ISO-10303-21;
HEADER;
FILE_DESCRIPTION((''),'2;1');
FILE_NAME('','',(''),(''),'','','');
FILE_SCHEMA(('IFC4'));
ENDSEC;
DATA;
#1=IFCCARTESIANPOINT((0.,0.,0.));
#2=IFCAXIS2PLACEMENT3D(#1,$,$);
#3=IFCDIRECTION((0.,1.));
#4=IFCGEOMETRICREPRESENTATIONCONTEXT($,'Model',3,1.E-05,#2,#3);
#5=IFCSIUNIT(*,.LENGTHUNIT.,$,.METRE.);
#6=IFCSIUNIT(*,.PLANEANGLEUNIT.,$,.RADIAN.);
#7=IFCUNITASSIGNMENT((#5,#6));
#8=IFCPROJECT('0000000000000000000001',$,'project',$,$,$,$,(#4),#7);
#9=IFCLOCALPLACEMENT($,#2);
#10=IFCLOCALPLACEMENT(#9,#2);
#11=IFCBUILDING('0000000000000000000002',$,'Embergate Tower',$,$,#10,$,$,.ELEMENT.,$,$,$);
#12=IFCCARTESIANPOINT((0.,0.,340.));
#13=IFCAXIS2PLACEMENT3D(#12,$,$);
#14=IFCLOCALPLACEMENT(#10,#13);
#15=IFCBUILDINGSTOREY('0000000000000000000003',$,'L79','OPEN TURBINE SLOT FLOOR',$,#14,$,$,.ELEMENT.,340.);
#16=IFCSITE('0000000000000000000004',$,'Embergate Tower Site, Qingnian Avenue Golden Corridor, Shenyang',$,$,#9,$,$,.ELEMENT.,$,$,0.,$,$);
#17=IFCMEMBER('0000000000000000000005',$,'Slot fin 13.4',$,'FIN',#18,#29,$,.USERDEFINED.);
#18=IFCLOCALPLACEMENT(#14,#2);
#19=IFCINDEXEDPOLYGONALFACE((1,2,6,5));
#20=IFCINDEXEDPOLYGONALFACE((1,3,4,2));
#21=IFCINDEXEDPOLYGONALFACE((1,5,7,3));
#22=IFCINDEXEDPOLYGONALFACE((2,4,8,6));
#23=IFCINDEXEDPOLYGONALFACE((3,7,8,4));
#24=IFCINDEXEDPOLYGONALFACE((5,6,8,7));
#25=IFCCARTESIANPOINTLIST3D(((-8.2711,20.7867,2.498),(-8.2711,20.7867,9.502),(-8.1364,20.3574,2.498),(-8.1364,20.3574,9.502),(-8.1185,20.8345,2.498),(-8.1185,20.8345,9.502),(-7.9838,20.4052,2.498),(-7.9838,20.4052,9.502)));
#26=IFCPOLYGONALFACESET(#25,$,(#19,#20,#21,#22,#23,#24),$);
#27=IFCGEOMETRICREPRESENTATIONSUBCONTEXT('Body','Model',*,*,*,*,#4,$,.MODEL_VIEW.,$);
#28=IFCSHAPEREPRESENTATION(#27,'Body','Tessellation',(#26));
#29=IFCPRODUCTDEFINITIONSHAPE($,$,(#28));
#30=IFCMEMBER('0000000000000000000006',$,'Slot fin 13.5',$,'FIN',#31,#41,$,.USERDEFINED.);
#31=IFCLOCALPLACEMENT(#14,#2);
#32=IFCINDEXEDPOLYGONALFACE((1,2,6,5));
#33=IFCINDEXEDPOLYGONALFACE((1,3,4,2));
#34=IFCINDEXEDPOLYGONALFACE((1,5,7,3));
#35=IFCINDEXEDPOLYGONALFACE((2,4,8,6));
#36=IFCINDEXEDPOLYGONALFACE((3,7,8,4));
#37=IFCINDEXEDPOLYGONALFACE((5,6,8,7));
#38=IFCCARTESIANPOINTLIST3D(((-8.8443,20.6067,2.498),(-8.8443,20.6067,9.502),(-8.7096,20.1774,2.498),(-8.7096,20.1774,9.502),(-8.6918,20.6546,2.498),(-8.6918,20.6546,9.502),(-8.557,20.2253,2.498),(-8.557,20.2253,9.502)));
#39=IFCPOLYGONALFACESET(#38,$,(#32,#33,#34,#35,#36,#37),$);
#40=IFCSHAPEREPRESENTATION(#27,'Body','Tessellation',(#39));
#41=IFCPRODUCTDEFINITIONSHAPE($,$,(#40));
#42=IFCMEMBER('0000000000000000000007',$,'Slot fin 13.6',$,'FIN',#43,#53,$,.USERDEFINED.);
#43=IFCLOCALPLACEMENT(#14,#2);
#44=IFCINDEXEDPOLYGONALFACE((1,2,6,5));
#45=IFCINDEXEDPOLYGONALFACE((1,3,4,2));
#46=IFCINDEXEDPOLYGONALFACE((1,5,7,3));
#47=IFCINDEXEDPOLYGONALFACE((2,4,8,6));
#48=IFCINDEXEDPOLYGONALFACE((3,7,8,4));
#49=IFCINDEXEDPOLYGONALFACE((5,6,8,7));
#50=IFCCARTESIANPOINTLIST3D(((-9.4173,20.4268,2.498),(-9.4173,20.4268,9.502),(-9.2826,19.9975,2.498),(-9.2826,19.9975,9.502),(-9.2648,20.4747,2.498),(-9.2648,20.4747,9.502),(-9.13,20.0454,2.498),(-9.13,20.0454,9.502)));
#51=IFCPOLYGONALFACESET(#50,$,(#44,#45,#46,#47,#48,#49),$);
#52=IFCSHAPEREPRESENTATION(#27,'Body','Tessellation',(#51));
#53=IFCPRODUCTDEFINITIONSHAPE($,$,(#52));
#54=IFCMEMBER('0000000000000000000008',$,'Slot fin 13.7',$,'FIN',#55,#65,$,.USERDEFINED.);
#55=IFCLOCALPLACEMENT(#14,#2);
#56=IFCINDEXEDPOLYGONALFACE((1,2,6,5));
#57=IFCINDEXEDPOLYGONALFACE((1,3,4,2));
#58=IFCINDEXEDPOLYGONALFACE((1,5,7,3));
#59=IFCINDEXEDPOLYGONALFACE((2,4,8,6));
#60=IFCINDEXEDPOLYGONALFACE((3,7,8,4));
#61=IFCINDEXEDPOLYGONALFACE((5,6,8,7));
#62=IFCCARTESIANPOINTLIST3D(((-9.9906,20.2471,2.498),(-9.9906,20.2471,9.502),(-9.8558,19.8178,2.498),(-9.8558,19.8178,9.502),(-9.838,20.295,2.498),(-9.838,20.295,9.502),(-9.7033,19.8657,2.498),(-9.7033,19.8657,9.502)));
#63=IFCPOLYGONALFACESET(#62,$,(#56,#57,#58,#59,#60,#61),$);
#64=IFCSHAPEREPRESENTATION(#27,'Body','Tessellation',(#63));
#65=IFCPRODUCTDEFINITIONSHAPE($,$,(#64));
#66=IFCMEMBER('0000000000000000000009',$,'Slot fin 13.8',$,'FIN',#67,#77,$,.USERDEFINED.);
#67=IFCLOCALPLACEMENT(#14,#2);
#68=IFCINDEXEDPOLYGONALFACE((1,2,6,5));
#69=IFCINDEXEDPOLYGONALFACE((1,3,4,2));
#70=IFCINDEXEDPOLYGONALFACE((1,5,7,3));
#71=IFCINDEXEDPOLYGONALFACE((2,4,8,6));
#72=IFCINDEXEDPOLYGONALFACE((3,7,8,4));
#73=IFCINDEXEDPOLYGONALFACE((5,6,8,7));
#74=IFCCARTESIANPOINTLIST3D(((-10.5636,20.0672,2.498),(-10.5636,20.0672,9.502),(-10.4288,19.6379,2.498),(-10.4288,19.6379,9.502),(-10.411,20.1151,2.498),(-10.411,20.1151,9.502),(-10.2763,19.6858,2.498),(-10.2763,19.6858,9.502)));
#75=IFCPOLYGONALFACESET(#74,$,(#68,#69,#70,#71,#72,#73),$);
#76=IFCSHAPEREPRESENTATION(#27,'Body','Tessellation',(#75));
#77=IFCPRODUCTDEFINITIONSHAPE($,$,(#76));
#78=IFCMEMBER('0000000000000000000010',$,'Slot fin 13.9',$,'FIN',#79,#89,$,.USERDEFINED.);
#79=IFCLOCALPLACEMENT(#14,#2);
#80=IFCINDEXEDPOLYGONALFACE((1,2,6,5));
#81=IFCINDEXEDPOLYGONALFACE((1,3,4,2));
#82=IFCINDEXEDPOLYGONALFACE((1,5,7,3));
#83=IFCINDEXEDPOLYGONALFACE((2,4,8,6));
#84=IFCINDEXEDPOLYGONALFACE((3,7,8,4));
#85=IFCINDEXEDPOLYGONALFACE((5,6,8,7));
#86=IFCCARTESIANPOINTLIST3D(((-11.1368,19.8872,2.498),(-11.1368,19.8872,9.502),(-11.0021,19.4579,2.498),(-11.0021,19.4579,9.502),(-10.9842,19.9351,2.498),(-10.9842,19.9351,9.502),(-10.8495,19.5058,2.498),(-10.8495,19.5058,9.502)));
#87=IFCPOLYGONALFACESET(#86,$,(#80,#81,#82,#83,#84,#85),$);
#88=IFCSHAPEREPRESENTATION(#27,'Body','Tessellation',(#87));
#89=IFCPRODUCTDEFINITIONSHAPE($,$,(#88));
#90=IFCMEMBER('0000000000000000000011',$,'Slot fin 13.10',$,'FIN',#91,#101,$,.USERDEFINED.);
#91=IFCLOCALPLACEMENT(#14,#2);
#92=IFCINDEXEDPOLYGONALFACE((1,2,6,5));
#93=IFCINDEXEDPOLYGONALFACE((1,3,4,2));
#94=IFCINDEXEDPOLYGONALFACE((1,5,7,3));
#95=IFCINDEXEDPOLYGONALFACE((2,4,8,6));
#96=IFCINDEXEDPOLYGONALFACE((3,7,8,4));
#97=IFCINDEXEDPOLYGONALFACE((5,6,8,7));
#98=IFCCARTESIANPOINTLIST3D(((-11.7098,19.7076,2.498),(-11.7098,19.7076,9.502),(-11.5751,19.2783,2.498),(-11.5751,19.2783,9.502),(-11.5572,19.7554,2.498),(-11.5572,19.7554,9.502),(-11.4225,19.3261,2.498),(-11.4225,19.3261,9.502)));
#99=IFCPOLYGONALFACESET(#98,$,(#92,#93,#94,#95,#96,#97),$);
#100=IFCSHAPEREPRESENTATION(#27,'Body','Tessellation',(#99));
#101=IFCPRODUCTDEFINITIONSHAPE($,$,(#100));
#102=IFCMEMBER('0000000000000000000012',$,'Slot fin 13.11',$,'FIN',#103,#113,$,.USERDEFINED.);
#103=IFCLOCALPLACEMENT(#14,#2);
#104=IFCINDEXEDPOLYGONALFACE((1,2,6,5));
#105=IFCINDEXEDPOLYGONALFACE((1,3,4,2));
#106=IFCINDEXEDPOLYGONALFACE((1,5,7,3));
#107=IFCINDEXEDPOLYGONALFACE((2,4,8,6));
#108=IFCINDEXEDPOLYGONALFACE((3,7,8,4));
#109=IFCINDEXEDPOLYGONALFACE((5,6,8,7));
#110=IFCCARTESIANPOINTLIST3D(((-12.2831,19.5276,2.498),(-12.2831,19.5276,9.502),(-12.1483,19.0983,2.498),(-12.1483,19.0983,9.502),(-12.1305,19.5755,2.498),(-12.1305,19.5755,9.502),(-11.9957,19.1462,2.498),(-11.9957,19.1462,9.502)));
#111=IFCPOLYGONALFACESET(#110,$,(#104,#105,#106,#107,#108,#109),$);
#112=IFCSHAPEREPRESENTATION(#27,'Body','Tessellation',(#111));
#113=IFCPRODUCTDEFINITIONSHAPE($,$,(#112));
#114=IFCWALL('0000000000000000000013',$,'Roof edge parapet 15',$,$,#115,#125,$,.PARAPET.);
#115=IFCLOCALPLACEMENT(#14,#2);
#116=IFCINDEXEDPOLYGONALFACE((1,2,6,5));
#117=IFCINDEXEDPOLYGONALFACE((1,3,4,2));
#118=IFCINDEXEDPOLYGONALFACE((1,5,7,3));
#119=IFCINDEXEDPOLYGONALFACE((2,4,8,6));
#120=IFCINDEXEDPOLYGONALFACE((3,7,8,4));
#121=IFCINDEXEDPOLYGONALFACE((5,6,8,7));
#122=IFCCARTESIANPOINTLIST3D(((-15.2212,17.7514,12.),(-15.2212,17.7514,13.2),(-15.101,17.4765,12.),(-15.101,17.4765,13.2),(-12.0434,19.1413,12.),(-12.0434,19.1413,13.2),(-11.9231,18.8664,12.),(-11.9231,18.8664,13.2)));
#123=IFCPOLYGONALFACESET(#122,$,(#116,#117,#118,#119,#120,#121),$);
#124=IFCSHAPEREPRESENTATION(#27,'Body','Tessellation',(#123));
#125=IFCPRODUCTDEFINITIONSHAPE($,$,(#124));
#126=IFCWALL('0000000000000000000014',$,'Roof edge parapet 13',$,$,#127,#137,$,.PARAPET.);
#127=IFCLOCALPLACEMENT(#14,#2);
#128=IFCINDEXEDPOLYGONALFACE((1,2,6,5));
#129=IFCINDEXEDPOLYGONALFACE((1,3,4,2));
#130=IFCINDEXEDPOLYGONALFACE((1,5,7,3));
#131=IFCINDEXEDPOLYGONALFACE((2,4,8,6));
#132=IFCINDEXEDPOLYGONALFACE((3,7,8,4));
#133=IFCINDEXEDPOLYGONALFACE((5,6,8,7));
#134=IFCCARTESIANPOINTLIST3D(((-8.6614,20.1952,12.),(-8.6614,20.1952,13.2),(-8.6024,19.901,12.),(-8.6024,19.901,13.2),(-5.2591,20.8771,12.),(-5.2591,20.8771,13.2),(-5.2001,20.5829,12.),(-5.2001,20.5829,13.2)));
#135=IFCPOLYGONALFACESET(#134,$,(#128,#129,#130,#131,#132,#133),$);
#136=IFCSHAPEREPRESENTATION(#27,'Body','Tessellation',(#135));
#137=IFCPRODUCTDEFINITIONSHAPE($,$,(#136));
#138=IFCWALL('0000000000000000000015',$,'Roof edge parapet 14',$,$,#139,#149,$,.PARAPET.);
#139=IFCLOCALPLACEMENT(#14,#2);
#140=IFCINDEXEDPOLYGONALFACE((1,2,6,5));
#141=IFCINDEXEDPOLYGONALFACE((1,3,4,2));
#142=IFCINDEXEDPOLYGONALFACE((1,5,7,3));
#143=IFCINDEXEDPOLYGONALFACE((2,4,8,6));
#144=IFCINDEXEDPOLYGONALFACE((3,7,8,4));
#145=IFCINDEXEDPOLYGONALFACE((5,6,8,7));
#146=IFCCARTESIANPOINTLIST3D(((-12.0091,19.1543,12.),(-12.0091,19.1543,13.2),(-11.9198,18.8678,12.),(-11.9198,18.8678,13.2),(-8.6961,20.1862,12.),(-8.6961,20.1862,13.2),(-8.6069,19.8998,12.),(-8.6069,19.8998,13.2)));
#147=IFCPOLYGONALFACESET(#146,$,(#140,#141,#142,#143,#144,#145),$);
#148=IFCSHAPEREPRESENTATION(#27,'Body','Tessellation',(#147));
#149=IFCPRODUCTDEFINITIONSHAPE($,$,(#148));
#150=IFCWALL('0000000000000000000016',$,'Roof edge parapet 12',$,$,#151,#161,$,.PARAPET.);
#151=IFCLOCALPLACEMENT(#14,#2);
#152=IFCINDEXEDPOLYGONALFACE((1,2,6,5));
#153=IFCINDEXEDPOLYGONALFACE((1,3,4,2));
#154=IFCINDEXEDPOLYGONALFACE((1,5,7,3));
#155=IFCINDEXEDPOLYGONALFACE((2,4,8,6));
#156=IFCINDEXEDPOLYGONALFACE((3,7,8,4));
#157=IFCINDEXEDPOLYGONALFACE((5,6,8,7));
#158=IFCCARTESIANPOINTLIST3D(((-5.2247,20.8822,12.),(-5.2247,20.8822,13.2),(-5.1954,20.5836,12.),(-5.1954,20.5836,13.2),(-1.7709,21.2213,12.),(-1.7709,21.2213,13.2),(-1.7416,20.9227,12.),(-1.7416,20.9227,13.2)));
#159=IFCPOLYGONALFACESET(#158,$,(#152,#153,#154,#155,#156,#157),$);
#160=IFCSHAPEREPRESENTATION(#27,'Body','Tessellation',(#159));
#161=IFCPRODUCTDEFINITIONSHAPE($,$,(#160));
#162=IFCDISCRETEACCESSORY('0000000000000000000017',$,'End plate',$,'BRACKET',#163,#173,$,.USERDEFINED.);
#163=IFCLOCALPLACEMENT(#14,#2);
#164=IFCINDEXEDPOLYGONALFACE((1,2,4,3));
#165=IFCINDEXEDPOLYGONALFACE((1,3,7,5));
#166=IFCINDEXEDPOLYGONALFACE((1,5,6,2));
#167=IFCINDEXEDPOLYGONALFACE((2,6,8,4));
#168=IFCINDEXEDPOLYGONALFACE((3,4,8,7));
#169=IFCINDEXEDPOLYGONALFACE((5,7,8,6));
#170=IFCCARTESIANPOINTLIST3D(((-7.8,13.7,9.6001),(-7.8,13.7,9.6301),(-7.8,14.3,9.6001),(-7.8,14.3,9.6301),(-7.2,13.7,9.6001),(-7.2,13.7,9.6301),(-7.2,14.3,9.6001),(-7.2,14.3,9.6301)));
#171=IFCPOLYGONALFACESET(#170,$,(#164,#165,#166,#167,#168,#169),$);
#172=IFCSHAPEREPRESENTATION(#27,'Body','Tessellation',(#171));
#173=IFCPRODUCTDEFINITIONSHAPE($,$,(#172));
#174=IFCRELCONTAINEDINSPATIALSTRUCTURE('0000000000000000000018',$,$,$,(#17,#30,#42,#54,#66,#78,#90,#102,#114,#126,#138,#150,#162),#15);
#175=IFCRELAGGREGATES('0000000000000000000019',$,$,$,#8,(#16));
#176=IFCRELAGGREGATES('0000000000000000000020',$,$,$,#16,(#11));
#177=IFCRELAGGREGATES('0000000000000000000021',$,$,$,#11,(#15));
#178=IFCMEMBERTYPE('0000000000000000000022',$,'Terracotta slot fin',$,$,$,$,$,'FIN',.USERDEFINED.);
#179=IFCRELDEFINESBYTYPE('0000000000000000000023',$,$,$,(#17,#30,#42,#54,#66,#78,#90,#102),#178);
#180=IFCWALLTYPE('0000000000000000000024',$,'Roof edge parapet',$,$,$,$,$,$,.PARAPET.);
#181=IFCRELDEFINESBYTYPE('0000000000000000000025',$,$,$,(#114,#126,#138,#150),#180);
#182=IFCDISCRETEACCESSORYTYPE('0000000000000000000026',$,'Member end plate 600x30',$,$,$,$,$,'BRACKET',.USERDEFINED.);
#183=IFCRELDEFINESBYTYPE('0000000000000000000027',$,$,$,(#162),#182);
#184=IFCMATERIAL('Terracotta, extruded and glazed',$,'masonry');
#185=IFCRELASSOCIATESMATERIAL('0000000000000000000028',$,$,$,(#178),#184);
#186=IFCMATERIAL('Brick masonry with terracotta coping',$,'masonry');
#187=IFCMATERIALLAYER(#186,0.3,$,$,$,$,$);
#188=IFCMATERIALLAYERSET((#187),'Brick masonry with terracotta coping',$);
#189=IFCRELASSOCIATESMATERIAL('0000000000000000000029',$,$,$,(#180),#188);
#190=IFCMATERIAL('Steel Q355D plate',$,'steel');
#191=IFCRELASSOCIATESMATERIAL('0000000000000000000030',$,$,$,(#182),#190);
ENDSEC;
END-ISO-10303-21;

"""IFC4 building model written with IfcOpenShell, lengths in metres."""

from ifc_helpers import new_model, si_unit, direction, frame, frame_2d, origin, origin_2d, place, context, subcontext, project, spatial, rectangle, extrude, source, transform, mapped, material, layer, layer_set, material_profile, profile_set, type_object, element, save


model = new_model("IFC4")

# Units and contexts
model_context = context("Model", 3, precision=1e-05, world=origin(), true_north=direction((0.0, 1.0)))
body_context = subcontext(model_context, "Body", "Model", "MODEL_VIEW")
ifc_project = project(units=[si_unit("LENGTHUNIT", "METRE"), si_unit("PLANEANGLEUNIT", "RADIAN")], contexts=[model_context])

# Site, building, storey
site_placement = place(None, origin())
site = spatial("IfcSite", under=ifc_project, at=site_placement, Name="Embergate Tower Site, Qingnian Avenue Golden Corridor, Shenyang", CompositionType="ELEMENT", RefElevation=0.0)
building_placement = place(site_placement, origin())
building = spatial("IfcBuilding", under=site, at=building_placement, Name="Embergate Tower", CompositionType="ELEMENT")
storey_placement = place(building_placement, frame((0.0, 0.0, 340.0)))
storey = spatial("IfcBuildingStorey", under=building, at=storey_placement, Name="L79", Description="OPEN TURBINE SLOT FLOOR", CompositionType="ELEMENT", Elevation=340.0)

# Members
ifc_material_1 = material(Name="Terracotta, extruded and glazed", Category="masonry")
ifc_material_profile_1 = material_profile(ifc_material_1, rectangle(XDim=0.45, YDim=0.1599, at=origin_2d()), Name="TC 450x160")
ifc_profile_set_1 = profile_set([ifc_material_profile_1], Name="Terracotta, extruded and glazed")
member_type_1 = type_object("IfcMemberType", Name="Terracotta slot fin", ElementType="FIN", PredefinedType="USERDEFINED", material=ifc_profile_set_1)
shared_shape_1 = source(origin(), body_context, "Body", "SweptSolid", [
    extrude(rectangle(XDim=0.45, YDim=0.1599, at=origin_2d()), origin(), (0.0, 0.0, 1.0), 7.0039),
])
for number, where, z_axis, x_axis, name in (
    (1, (-8.1274, 20.5959, 2.498), (0.0, 0.0, 1.0), (0.299449, -0.954112, 0.0), "Slot fin 13.4"),
    (2, (-8.7007, 20.416, 2.498), (0.0, 0.0, 1.0), (0.299449, -0.954112, 0.0), "Slot fin 13.5"),
    (3, (-9.2737, 20.2361, 2.498), (0.0, 0.0, 1.0), (0.299449, -0.954112, 0.0), "Slot fin 13.6"),
    (4, (-9.8469, 20.0564, 2.498), (0.0, 0.0, 1.0), (0.299449, -0.954112, 0.0), "Slot fin 13.7"),
    (5, (-10.4199, 19.8765, 2.498), (0.0, 0.0, 1.0), (0.299449, -0.954112, 0.0), "Slot fin 13.8"),
    (6, (-10.9932, 19.6965, 2.498), (0.0, 0.0, 1.0), (0.299449, -0.954112, 0.0), "Slot fin 13.9"),
    (7, (-11.5662, 19.5168, 2.498), (0.0, 0.0, 1.0), (0.299449, -0.954112, 0.0), "Slot fin 13.10"),
    (8, (-12.1394, 19.3369, 2.498), (0.0, 0.0, 1.0), (0.299449, -0.954112, 0.0), "Slot fin 13.11"),
):
    element("IfcMember", number, at=place(storey_placement, frame(where, z_axis=z_axis, x_axis=x_axis)), inside=storey, type_object=member_type_1, Name=name, ObjectType="FIN", PredefinedType="USERDEFINED", context=body_context, shape_type="MappedRepresentation", body=[
        mapped(shared_shape_1, transform((0.0, 0.0, 0.0))),
    ])

# Walls
ifc_material_2 = material(Name="Brick masonry with terracotta coping", Category="masonry")
ifc_layer = layer(ifc_material_2, 0.3)
ifc_layer_set = layer_set([ifc_layer], Name="Brick masonry with terracotta coping")
wall_type = type_object("IfcWallType", Name="Roof edge parapet", PredefinedType="PARAPET", material=ifc_layer_set)
shared_shape_2 = source(origin(), body_context, "Body", "SweptSolid", [
    extrude(rectangle(XDim=3.4685, YDim=0.3, at=frame_2d((1.7344, 0.0))), origin(), (0.0, 0.0, 1.0), 1.2),
])
wall_1_placement = place(storey_placement, frame((-11.9832, 19.0039, 12.0), z_axis=(0.0, 0.0, 1.0), x_axis=(-0.916196, -0.40073, 0.0)))
element("IfcWall", 9, at=wall_1_placement, inside=storey, type_object=wall_type, Name="Roof edge parapet 15", PredefinedType="PARAPET", context=body_context, shape_type="MappedRepresentation", body=[
    mapped(shared_shape_2, transform((0.0, 0.0, 0.0))),
])
shared_shape_3 = source(origin(), body_context, "Body", "SweptSolid", [
    extrude(rectangle(XDim=3.47, YDim=0.3, at=frame_2d((1.7349, 0.0))), origin(), (0.0, 0.0, 1.0), 1.2),
])
for number, where, z_axis, x_axis, name in (
    (10, (-5.2297, 20.73, 12.0), (0.0, 0.0, 1.0), (-0.980502, -0.196508, 0.0), "Roof edge parapet 13"),
    (11, (-8.6516, 20.043, 12.0), (0.0, 0.0, 1.0), (-0.954752, -0.297402, 0.0), "Roof edge parapet 14"),
):
    element("IfcWall", number, at=place(storey_placement, frame(where, z_axis=z_axis, x_axis=x_axis)), inside=storey, type_object=wall_type, Name=name, PredefinedType="PARAPET", context=body_context, shape_type="MappedRepresentation", body=[
        mapped(shared_shape_3, transform((0.0, 0.0, 0.0))),
    ])
shared_shape_4 = source(origin(), body_context, "Body", "SweptSolid", [
    extrude(rectangle(XDim=3.4705, YDim=0.3, at=frame_2d((1.7354, 0.0))), origin(), (0.0, 0.0, 1.0), 1.2),
])
wall_2_placement = place(storey_placement, frame((-1.7561, 21.072, 12.0), z_axis=(0.0, 0.0, 1.0), x_axis=(-0.995215, -0.097714, 0.0)))
element("IfcWall", 12, at=wall_2_placement, inside=storey, type_object=wall_type, Name="Roof edge parapet 12", PredefinedType="PARAPET", context=body_context, shape_type="MappedRepresentation", body=[
    mapped(shared_shape_4, transform((0.0, 0.0, 0.0))),
])

# Discrete accessory
ifc_material_3 = material(Name="Steel Q355D plate", Category="steel")
discrete_accessory_type = type_object("IfcDiscreteAccessoryType", Name="Member end plate 600x30", ElementType="BRACKET", PredefinedType="USERDEFINED", material=ifc_material_3)
shared_shape_5 = source(origin(), body_context, "Body", "SweptSolid", [
    extrude(rectangle(XDim=0.6001, YDim=0.6001, at=origin_2d()), origin(), (0.0, 0.0, 1.0), 0.03),
])
discrete_accessory_placement = place(storey_placement, frame((-7.5, 14.0, 9.6001), z_axis=(0.0, 0.0, 1.0), x_axis=(1.0, 0.0, 0.0)))
element("IfcDiscreteAccessory", 13, at=discrete_accessory_placement, inside=storey, type_object=discrete_accessory_type, Name="End plate", ObjectType="BRACKET", PredefinedType="USERDEFINED", context=body_context, shape_type="MappedRepresentation", body=[
    mapped(shared_shape_5, transform((0.0, 0.0, 0.0))),
])

save(model, "model.ifc")
